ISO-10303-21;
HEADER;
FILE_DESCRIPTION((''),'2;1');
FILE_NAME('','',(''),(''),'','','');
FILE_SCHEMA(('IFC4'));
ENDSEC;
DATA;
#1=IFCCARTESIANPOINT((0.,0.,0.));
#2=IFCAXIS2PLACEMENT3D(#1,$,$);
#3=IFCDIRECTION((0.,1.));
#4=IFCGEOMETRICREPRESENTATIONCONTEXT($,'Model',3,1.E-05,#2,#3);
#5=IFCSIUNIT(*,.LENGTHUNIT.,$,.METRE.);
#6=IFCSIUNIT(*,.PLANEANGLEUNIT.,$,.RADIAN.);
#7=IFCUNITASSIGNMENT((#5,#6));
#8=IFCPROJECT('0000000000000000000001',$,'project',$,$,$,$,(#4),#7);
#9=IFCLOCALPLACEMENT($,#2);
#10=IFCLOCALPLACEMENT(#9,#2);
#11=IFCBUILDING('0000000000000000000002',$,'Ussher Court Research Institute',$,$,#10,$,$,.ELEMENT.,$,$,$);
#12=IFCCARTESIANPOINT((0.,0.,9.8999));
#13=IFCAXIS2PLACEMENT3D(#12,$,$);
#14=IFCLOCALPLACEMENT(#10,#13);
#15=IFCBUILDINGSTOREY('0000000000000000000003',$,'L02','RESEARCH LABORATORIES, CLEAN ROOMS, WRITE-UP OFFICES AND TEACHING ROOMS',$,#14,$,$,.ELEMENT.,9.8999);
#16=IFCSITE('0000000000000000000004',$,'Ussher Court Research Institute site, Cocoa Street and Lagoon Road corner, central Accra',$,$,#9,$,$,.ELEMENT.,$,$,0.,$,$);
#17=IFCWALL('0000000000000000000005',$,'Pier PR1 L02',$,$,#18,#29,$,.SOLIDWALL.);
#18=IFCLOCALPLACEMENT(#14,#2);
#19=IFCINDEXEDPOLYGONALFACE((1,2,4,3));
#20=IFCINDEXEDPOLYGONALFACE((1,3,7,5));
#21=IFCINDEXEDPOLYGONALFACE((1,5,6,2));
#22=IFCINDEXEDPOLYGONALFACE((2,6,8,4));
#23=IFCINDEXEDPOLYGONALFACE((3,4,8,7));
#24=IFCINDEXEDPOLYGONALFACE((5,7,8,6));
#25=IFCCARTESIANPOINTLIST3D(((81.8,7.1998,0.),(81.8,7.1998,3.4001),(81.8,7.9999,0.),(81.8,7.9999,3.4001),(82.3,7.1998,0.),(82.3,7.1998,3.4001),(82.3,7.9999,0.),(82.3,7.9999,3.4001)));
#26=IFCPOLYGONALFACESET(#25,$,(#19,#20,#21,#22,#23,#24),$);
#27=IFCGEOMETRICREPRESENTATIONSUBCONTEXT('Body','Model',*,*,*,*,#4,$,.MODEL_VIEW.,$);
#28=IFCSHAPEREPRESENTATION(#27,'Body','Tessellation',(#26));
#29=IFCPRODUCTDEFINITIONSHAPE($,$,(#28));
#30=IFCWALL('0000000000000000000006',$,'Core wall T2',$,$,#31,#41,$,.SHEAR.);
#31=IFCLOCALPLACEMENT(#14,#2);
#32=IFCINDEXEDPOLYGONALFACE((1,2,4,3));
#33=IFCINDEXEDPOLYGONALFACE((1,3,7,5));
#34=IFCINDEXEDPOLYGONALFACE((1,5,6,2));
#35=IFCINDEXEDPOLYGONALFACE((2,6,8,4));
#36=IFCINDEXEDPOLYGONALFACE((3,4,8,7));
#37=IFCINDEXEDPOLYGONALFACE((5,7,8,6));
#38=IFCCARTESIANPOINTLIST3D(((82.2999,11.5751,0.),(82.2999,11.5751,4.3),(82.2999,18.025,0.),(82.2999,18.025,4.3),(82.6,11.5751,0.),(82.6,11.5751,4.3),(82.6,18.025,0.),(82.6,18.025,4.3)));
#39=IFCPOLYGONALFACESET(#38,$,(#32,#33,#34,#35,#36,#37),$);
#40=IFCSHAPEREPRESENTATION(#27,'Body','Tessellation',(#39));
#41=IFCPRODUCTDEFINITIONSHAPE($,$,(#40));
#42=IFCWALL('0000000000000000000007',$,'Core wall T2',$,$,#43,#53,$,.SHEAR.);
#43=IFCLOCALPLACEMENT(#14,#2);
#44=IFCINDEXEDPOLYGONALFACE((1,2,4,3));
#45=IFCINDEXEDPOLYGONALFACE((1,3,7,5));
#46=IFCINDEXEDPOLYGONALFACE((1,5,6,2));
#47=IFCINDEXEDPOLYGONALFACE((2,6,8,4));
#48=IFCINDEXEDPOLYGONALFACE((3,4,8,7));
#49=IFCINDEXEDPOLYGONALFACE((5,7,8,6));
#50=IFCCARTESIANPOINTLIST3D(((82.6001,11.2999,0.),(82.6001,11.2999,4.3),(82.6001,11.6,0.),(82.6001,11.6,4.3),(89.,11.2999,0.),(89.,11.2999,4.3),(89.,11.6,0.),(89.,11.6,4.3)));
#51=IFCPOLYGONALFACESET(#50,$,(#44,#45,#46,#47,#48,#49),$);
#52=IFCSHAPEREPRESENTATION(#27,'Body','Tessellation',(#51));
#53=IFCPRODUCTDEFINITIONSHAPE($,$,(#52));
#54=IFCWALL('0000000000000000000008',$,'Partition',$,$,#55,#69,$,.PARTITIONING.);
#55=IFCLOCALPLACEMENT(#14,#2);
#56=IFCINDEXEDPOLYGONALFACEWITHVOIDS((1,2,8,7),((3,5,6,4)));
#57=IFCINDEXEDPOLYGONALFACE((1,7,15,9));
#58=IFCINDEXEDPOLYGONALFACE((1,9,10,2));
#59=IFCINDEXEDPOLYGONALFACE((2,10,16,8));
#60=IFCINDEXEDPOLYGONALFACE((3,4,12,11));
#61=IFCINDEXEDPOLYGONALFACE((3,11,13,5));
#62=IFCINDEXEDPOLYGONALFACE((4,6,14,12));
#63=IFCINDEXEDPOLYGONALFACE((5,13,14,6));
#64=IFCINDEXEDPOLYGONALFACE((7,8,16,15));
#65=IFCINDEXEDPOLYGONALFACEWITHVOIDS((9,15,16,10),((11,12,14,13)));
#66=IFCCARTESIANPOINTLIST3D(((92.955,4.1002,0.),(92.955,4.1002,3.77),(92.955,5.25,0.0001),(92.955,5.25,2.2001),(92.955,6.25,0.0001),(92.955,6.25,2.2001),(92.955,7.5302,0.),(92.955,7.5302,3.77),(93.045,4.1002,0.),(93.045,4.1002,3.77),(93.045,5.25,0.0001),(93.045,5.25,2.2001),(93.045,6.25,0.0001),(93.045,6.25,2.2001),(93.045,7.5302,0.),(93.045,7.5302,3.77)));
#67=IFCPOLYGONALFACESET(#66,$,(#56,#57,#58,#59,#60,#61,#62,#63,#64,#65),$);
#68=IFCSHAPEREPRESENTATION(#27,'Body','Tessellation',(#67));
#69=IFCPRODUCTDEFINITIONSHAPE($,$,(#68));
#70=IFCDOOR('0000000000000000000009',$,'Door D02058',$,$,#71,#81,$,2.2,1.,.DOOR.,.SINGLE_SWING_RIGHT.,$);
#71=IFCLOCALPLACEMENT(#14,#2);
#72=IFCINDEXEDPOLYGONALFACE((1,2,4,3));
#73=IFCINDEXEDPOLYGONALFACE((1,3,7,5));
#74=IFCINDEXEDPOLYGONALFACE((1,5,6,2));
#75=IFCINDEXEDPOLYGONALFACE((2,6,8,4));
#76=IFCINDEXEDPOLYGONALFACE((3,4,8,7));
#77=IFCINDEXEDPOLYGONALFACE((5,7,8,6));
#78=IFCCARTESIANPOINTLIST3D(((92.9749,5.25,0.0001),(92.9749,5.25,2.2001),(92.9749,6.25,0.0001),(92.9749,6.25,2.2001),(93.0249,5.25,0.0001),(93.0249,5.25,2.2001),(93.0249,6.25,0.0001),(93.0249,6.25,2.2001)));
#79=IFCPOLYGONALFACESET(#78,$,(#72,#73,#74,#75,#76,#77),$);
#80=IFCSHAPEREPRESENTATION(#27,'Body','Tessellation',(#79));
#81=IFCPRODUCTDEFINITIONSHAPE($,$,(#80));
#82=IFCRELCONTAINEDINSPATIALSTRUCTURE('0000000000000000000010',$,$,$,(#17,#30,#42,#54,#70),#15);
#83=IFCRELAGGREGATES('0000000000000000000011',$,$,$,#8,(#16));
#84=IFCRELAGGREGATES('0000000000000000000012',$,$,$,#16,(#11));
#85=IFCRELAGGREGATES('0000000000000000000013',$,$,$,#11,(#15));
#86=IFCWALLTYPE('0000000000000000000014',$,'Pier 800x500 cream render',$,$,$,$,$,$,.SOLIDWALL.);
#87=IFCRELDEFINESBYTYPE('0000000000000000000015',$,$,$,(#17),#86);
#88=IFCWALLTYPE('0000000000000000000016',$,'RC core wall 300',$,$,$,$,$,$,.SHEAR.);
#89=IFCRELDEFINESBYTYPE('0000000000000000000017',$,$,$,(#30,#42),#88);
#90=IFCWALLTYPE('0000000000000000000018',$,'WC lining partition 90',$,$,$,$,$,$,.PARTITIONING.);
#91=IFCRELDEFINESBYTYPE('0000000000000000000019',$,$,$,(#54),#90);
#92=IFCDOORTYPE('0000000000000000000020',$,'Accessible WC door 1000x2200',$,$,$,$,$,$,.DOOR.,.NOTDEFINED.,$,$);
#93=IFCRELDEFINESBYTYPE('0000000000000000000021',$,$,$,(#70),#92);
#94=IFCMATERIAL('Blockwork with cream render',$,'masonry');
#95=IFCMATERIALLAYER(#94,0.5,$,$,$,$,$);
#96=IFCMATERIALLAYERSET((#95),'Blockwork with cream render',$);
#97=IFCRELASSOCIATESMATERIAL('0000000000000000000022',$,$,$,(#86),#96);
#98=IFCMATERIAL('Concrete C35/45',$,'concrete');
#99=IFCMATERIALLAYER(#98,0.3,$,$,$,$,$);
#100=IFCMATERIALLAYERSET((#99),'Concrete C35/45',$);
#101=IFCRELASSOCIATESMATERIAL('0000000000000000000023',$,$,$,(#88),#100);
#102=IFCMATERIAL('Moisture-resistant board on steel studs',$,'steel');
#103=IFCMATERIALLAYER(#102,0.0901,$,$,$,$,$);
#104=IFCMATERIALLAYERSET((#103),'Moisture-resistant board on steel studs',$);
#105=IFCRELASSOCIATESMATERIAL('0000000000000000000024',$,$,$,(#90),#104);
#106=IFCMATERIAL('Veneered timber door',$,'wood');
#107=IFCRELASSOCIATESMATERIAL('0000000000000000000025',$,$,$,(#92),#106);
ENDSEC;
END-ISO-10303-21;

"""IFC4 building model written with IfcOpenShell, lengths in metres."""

from ifc_helpers import new_model, si_unit, direction, frame, frame_2d, origin, place, context, subcontext, project, spatial, rectangle, extrude, material, layer, layer_set, type_object, element, fill, save


model = new_model("IFC4")

# Units and contexts
model_context = context("Model", 3, precision=1e-05, world=origin(), true_north=direction((0.0, 1.0)))
body_context = subcontext(model_context, "Body", "Model", "MODEL_VIEW")
ifc_project = project(units=[si_unit("LENGTHUNIT", "METRE"), si_unit("PLANEANGLEUNIT", "RADIAN")], contexts=[model_context])

# Site, building, storey
site_placement = place(None, origin())
site = spatial("IfcSite", under=ifc_project, at=site_placement, Name="Ussher Court Research Institute site, Cocoa Street and Lagoon Road corner, central Accra", CompositionType="ELEMENT", RefElevation=0.0)
building_placement = place(site_placement, origin())
building = spatial("IfcBuilding", under=site, at=building_placement, Name="Ussher Court Research Institute", CompositionType="ELEMENT")
storey_placement = place(building_placement, frame((0.0, 0.0, 9.8999)))
storey = spatial("IfcBuildingStorey", under=building, at=storey_placement, Name="L02", Description="RESEARCH LABORATORIES, CLEAN ROOMS, WRITE-UP OFFICES AND TEACHING ROOMS", CompositionType="ELEMENT", Elevation=9.8999)

# Walls
ifc_material_1 = material(Name="Blockwork with cream render", Category="masonry")
ifc_layer_1 = layer(ifc_material_1, 0.5)
ifc_layer_set_1 = layer_set([ifc_layer_1], Name="Blockwork with cream render")
wall_type_1 = type_object("IfcWallType", Name="Pier 800x500 cream render", PredefinedType="SOLIDWALL", material=ifc_layer_set_1)
wall_1_placement = place(storey_placement, frame((82.05, 7.2, 0.0), z_axis=(0.0, 0.0, 1.0), x_axis=(0.0, 1.0, 0.0)))
element("IfcWall", 1, at=wall_1_placement, inside=storey, type_object=wall_type_1, Name="Pier PR1 L02", PredefinedType="SOLIDWALL", context=body_context, shape_type="SweptSolid", body=[
    extrude(rectangle(XDim=0.8, YDim=0.5, at=frame_2d((0.3999, 0.0))), origin(), (0.0, 0.0, 1.0), 3.4001),
])
ifc_material_2 = material(Name="Concrete C35/45", Category="concrete")
ifc_layer_2 = layer(ifc_material_2, 0.3)
ifc_layer_set_2 = layer_set([ifc_layer_2], Name="Concrete C35/45")
wall_type_2 = type_object("IfcWallType", Name="RC core wall 300", PredefinedType="SHEAR", material=ifc_layer_set_2)
wall_2_placement = place(storey_placement, frame((82.45, 11.575, 0.0), z_axis=(0.0, 0.0, 1.0), x_axis=(0.0, 1.0, 0.0)))
element("IfcWall", 2, at=wall_2_placement, inside=storey, type_object=wall_type_2, Name="Core wall T2", PredefinedType="SHEAR", context=body_context, shape_type="SweptSolid", body=[
    extrude(rectangle(XDim=6.45, YDim=0.3, at=frame_2d((3.2251, 0.0))), origin(), (0.0, 0.0, 1.0), 4.3),
])
wall_3_placement = place(storey_placement, frame((82.6001, 11.45, 0.0), z_axis=(0.0, 0.0, 1.0), x_axis=(1.0, 0.0, 0.0)))
element("IfcWall", 3, at=wall_3_placement, inside=storey, type_object=wall_type_2, Name="Core wall T2", PredefinedType="SHEAR", context=body_context, shape_type="SweptSolid", body=[
    extrude(rectangle(XDim=6.3999, YDim=0.3, at=frame_2d((3.2, 0.0))), origin(), (0.0, 0.0, 1.0), 4.3),
])

# Wall, opening, door
ifc_material_3 = material(Name="Moisture-resistant board on steel studs", Category="steel")
ifc_layer_3 = layer(ifc_material_3, 0.0901)
ifc_layer_set_3 = layer_set([ifc_layer_3], Name="Moisture-resistant board on steel studs")
wall_type_3 = type_object("IfcWallType", Name="WC lining partition 90", PredefinedType="PARTITIONING", material=ifc_layer_set_3)
wall_4_placement = place(storey_placement, frame((93.0, 7.53, 0.0), z_axis=(0.0, 0.0, 1.0), x_axis=(0.0, -1.0, 0.0)))
wall_4 = element("IfcWall", 4, at=wall_4_placement, inside=storey, type_object=wall_type_3, Name="Partition", PredefinedType="PARTITIONING", context=body_context, shape_type="SweptSolid", body=[
    extrude(rectangle(XDim=3.4299, YDim=0.0901, at=frame_2d((1.7148, 0.0))), origin(), (0.0, 0.0, 1.0), 3.77),
])
opening_1_placement = place(wall_4_placement, frame((1.28, 0.0, 0.0)))
opening_1 = element("IfcOpeningElement", 5, at=opening_1_placement, cuts=wall_4, PredefinedType="OPENING", context=body_context, shape_type="SweptSolid", body=[
    extrude(rectangle(XDim=1.0, YDim=2.2, at=frame_2d((0.5, 1.1001))), frame((0.0, 0.0552, 0.0), z_axis=(0.0, -1.0, 0.0), x_axis=(1.0, 0.0, 0.0)), (0.0, 0.0, 1.0), 0.1101),
])
ifc_material_4 = material(Name="Veneered timber door", Category="wood")
door_type_1 = type_object("IfcDoorType", Name="Accessible WC door 1000x2200", OperationType="NOTDEFINED", PredefinedType="DOOR", material=ifc_material_4)
door_1_placement = place(opening_1_placement, origin())
door_1 = element("IfcDoor", 6, at=door_1_placement, inside=storey, type_object=door_type_1, Name="Door D02058", OperationType="SINGLE_SWING_RIGHT", OverallHeight=2.2, OverallWidth=1.0, PredefinedType="DOOR", context=body_context, shape_type="SweptSolid", body=[
    extrude(rectangle(XDim=1.0, YDim=2.2, at=frame_2d((0.5, 1.1001))), frame((0.0, 0.0249, 0.0), z_axis=(0.0, -1.0, 0.0), x_axis=(1.0, 0.0, 0.0)), (0.0, 0.0, 1.0), 0.05),
])
fill(opening_1, door_1)

save(model, "model.ifc")
